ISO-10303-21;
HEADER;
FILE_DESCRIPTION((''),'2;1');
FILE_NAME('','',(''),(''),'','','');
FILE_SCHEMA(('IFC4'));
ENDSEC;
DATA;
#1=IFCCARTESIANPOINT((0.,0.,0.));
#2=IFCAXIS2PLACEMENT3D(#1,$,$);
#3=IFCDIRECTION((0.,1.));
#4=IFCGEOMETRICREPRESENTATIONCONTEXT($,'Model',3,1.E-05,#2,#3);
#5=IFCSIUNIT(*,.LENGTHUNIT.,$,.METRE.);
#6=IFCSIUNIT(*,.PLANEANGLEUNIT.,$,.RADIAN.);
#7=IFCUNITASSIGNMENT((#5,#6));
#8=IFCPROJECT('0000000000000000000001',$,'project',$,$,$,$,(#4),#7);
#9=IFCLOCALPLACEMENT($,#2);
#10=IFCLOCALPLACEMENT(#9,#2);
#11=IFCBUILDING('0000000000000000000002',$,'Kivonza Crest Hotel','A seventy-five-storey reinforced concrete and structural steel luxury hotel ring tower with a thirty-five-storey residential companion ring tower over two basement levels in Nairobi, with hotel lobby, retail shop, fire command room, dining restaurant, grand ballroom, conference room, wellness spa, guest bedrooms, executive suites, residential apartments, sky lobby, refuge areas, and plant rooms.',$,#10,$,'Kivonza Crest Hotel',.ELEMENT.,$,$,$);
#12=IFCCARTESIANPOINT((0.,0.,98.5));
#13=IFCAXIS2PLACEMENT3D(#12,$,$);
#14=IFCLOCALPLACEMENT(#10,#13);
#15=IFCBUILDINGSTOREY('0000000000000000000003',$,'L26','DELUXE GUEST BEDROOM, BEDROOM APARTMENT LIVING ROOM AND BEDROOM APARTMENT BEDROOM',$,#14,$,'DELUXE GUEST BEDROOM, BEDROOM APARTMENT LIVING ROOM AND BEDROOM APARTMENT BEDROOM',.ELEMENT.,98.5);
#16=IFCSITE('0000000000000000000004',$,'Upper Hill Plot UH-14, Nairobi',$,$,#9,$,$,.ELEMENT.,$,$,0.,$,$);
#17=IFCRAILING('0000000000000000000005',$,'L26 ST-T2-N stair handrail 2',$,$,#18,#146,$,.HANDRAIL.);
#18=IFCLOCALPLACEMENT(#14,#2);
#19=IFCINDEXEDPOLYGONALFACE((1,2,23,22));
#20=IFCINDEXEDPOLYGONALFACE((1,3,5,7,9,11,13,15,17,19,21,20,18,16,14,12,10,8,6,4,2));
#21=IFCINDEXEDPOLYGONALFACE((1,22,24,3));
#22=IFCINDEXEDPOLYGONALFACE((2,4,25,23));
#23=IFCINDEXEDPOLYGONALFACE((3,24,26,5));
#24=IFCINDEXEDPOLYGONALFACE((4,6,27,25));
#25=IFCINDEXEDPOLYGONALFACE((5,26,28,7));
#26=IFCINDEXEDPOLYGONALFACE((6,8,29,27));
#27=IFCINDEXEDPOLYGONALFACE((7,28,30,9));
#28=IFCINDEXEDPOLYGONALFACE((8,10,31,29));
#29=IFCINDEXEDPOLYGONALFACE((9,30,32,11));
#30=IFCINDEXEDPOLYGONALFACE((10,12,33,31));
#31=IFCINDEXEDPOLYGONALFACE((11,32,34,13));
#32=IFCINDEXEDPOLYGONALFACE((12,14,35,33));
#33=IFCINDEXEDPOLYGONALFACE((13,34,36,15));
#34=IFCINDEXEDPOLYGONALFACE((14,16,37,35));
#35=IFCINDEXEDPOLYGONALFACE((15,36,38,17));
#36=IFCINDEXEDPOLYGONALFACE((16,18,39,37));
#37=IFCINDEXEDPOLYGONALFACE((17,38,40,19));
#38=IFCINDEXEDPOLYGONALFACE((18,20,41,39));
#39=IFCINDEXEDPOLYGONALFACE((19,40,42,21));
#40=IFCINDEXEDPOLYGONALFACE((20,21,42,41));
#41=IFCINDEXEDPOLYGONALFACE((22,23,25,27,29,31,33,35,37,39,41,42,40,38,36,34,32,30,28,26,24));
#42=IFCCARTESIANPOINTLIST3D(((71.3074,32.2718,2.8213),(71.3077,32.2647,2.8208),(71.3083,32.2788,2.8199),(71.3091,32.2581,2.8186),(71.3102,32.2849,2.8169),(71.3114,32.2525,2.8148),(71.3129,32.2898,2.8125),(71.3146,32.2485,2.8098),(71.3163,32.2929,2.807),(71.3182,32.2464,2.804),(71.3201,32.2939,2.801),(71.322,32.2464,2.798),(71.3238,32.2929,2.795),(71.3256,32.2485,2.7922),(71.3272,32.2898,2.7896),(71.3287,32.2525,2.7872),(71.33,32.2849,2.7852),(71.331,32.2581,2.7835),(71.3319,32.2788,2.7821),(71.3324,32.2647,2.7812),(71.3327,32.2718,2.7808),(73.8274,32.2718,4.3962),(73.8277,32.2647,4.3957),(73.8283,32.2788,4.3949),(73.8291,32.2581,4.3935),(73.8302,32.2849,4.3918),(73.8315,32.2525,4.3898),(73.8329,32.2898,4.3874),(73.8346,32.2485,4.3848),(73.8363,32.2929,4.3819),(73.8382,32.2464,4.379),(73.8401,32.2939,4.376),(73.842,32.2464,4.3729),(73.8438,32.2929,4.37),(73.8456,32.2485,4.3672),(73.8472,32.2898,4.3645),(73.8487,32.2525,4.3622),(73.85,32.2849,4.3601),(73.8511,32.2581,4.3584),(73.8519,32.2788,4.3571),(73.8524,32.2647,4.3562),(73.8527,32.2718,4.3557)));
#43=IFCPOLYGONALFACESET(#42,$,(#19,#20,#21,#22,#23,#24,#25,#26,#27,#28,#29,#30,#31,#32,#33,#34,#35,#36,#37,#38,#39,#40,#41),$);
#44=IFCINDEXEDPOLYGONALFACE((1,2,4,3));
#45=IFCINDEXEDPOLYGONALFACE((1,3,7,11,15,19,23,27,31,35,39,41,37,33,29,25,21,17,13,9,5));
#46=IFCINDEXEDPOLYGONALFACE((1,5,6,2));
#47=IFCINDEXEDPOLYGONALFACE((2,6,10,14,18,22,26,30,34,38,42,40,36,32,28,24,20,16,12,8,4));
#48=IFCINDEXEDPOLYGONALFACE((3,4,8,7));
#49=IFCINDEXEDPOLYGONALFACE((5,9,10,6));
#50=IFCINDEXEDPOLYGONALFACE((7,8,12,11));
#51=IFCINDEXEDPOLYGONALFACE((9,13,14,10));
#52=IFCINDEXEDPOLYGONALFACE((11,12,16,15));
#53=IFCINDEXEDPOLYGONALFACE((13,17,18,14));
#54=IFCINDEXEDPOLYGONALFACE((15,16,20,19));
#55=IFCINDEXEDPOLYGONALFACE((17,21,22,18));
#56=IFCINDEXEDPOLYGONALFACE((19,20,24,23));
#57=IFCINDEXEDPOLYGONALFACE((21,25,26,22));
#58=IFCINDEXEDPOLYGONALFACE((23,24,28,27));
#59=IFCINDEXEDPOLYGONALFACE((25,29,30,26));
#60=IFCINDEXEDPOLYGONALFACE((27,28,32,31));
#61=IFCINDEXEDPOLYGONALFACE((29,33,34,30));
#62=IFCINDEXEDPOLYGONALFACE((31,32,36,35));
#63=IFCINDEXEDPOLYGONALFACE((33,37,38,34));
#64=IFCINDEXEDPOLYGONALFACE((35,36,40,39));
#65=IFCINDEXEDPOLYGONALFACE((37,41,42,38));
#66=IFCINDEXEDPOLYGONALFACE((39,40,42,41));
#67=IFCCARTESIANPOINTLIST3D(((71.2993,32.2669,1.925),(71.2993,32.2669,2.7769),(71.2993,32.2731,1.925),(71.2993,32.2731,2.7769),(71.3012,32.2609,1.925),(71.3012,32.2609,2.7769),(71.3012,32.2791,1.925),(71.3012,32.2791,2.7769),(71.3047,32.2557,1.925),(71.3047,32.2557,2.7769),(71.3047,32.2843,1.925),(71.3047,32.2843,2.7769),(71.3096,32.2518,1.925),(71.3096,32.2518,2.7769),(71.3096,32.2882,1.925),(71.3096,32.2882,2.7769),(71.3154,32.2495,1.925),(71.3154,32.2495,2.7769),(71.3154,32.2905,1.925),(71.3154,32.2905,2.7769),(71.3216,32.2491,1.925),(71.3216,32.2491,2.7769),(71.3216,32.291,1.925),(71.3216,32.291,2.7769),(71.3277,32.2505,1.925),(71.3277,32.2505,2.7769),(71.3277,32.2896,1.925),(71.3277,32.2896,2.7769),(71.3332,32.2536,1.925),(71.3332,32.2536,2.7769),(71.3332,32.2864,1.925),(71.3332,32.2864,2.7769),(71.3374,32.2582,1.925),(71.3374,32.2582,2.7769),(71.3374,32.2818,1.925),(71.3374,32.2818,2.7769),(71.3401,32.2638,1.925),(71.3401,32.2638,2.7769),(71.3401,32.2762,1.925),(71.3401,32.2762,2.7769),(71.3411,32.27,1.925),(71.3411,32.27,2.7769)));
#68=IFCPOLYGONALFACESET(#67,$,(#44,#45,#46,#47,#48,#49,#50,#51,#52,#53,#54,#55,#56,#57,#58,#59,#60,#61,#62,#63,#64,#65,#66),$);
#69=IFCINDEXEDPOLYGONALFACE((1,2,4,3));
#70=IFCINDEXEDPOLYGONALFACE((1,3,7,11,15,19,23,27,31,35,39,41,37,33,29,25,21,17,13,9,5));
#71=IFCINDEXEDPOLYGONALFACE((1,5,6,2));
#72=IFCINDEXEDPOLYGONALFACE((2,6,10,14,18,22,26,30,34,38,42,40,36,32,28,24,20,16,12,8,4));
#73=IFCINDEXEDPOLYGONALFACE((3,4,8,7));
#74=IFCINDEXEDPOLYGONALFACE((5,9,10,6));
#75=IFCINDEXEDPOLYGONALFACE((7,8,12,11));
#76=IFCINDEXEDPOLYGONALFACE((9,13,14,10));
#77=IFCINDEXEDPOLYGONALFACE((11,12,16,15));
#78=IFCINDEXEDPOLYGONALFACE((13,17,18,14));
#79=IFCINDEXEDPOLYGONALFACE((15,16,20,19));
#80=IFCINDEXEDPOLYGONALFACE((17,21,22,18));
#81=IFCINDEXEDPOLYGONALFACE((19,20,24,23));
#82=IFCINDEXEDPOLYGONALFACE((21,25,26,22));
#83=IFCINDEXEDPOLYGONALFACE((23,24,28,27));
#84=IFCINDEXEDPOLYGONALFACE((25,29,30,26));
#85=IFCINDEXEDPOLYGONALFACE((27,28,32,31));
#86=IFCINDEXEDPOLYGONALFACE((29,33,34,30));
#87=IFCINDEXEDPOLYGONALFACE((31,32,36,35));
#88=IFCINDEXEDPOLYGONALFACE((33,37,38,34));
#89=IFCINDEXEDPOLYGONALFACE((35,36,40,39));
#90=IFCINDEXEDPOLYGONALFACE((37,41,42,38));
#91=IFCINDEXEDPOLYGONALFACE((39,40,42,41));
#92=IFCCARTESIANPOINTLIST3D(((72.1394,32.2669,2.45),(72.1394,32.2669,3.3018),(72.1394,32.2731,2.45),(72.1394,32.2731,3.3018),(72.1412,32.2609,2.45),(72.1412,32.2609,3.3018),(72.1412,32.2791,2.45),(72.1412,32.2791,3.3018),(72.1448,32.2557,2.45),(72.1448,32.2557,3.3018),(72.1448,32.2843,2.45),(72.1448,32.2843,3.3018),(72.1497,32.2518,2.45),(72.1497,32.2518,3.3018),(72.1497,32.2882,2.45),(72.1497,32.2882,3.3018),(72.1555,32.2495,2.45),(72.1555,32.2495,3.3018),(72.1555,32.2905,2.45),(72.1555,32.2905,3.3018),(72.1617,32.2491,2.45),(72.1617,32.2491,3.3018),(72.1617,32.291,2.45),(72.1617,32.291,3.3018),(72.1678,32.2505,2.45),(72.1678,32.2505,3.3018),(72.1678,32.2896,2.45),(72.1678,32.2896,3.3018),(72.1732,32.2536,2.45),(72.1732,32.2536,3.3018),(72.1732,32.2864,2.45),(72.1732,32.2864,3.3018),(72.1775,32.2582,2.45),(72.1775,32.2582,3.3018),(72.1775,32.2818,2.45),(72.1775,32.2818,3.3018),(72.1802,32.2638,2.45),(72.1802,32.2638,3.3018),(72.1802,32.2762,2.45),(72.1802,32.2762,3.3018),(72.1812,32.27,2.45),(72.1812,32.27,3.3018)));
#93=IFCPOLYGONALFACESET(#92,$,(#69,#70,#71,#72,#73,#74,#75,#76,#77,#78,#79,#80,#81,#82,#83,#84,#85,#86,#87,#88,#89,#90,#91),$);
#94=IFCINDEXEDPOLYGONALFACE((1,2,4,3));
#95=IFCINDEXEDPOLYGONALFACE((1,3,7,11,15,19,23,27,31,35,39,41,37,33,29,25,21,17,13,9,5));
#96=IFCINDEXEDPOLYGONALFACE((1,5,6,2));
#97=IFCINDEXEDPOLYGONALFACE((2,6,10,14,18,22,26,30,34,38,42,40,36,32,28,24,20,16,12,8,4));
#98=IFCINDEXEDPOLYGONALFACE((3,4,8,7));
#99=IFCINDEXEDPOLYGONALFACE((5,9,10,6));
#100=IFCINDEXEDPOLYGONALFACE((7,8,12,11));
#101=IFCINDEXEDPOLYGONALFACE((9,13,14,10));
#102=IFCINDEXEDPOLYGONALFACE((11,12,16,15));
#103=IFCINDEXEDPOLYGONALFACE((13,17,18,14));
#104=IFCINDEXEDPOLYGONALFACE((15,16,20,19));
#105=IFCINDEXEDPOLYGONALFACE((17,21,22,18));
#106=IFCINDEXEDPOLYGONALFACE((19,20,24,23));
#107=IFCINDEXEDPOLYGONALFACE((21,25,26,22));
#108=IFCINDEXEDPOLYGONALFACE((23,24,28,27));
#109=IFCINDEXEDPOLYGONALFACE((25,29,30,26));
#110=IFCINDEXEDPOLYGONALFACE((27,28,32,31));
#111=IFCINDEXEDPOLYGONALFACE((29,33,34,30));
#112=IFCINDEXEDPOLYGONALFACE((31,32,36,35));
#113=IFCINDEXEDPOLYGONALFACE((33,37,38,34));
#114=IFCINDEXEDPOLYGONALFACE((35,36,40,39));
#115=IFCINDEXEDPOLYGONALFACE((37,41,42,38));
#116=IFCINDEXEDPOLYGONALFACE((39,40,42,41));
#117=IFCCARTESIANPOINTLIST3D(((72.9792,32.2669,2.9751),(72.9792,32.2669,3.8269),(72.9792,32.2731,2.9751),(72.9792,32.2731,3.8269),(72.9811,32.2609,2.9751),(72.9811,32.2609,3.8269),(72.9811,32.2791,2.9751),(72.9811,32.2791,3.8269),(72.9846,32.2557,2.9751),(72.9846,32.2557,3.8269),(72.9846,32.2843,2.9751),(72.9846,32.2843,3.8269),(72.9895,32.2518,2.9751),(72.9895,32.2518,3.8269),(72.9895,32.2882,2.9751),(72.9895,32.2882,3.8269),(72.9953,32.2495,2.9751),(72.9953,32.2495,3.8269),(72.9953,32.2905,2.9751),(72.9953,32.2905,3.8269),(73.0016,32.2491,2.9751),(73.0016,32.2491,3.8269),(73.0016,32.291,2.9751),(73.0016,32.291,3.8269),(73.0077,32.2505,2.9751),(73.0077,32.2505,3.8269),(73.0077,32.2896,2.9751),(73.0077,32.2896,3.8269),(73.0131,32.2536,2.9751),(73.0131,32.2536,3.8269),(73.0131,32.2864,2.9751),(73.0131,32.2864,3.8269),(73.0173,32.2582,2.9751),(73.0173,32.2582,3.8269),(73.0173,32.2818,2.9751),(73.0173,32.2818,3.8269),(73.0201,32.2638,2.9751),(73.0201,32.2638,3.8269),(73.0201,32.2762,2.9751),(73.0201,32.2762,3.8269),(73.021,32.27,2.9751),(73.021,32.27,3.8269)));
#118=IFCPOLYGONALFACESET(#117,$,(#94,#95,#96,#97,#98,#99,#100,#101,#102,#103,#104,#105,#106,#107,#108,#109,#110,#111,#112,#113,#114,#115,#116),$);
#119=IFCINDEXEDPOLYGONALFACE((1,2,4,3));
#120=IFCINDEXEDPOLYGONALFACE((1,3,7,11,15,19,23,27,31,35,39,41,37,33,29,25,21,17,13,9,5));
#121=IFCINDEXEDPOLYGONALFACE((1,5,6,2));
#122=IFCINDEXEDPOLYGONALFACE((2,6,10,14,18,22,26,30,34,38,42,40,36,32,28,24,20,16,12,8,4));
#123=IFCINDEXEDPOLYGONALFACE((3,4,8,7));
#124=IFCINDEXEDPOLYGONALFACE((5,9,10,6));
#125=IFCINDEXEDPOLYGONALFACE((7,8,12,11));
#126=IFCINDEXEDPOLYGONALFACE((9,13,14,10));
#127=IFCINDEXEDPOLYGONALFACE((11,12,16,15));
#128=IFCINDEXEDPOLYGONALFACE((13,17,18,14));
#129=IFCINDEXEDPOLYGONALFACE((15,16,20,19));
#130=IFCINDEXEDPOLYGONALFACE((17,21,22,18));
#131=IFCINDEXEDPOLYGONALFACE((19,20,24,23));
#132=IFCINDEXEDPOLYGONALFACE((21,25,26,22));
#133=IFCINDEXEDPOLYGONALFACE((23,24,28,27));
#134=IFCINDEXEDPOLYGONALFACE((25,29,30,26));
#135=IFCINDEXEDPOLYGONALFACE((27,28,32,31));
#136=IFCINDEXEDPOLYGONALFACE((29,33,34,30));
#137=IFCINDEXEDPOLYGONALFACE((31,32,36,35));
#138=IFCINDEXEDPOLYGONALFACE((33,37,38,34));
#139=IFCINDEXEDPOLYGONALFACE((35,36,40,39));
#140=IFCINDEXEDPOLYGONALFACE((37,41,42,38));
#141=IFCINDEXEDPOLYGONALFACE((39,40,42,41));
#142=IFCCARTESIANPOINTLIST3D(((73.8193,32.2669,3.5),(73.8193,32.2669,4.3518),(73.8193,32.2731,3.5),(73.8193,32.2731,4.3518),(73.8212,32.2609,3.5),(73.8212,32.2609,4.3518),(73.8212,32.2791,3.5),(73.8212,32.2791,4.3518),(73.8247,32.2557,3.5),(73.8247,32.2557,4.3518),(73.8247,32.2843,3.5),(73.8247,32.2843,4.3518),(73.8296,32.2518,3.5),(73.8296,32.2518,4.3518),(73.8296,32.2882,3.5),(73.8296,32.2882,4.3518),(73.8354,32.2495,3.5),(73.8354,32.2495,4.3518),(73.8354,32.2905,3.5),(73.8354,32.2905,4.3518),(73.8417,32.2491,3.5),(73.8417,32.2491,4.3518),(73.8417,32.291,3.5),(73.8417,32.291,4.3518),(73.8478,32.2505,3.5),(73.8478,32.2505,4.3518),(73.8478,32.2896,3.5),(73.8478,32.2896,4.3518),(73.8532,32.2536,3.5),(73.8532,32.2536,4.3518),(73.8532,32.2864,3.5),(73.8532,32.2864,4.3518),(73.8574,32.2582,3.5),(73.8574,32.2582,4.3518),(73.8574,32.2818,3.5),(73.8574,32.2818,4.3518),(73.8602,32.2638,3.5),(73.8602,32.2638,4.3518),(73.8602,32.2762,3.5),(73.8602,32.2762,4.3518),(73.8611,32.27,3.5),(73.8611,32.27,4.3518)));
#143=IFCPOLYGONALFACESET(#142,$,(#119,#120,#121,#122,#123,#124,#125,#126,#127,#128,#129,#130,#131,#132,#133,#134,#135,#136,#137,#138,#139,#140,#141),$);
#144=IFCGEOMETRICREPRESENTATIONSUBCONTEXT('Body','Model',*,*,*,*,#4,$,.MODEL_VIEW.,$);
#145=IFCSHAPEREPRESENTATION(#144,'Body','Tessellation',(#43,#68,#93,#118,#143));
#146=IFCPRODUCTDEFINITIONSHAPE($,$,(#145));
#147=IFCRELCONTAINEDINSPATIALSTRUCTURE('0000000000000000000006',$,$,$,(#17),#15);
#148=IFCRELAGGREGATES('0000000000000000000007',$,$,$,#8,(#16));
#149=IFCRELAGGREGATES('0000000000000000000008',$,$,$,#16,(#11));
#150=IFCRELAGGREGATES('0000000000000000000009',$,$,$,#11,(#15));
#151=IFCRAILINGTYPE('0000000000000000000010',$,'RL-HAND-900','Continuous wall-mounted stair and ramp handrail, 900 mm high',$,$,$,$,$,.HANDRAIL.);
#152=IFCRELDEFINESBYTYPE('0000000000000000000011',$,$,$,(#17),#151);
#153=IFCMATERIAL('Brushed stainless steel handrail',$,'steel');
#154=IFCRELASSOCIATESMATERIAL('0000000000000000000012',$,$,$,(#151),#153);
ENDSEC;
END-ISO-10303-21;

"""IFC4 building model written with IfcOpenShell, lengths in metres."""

from ifc_helpers import new_model, si_unit, direction, frame, origin, origin_2d, place, context, subcontext, project, spatial, circle, extrude, material, type_object, element, save


model = new_model("IFC4")

# Units and contexts
model_context = context("Model", 3, precision=1e-05, world=origin(), true_north=direction((0.0, 1.0)))
body_context = subcontext(model_context, "Body", "Model", "MODEL_VIEW")
ifc_project = project(units=[si_unit("LENGTHUNIT", "METRE"), si_unit("PLANEANGLEUNIT", "RADIAN")], contexts=[model_context])

# Site, building, storey
site_placement = place(None, origin())
site = spatial("IfcSite", under=ifc_project, at=site_placement, Name="Upper Hill Plot UH-14, Nairobi", CompositionType="ELEMENT", RefElevation=0.0)
building_placement = place(site_placement, origin())
building = spatial("IfcBuilding", under=site, at=building_placement, Name="Kivonza Crest Hotel", Description="A seventy-five-storey reinforced concrete and structural steel luxury hotel ring tower with a thirty-five-storey residential companion ring tower over two basement levels in Nairobi, with hotel lobby, retail shop, fire command room, dining restaurant, grand ballroom, conference room, wellness spa, guest bedrooms, executive suites, residential apartments, sky lobby, refuge areas, and plant rooms.", LongName="Kivonza Crest Hotel", CompositionType="ELEMENT")
storey_placement = place(building_placement, frame((0.0, 0.0, 98.5)))
storey = spatial("IfcBuildingStorey", under=building, at=storey_placement, Name="L26", Description="DELUXE GUEST BEDROOM, BEDROOM APARTMENT LIVING ROOM AND BEDROOM APARTMENT BEDROOM", LongName="DELUXE GUEST BEDROOM, BEDROOM APARTMENT LIVING ROOM AND BEDROOM APARTMENT BEDROOM", CompositionType="ELEMENT", Elevation=98.5)

# Railing
ifc_material_1 = material(Name="Brushed stainless steel handrail", Category="steel")
railing_type_1 = type_object("IfcRailingType", Name="RL-HAND-900", Description="Continuous wall-mounted stair and ramp handrail, 900 mm high", PredefinedType="HANDRAIL", material=ifc_material_1)
railing_1_placement = place(storey_placement, frame((71.3201, 32.27, 1.925)))
element("IfcRailing", 1, at=railing_1_placement, inside=storey, type_object=railing_type_1, Name="L26 ST-T2-N stair handrail 2", PredefinedType="HANDRAIL", context=body_context, shape_type="SweptSolid", body=[
    extrude(circle(Radius=0.0239, at=origin_2d()), frame((0.0, 0.0, 0.876), z_axis=(0.848008, 0.0, 0.529984), x_axis=(0.0, 1.0, 0.0)), (0.0, 0.0, 1.0), 2.9717),
    extrude(circle(Radius=0.021, at=origin_2d()), origin(), (0.0, 0.0, 1.0), 0.8518),
    extrude(circle(Radius=0.021, at=origin_2d()), frame((0.8401, 0.0, 0.5249)), (0.0, 0.0, 1.0), 0.8518),
    extrude(circle(Radius=0.021, at=origin_2d()), frame((1.6799, 0.0, 1.05)), (0.0, 0.0, 1.0), 0.8518),
    extrude(circle(Radius=0.021, at=origin_2d()), frame((2.52, 0.0, 1.575)), (0.0, 0.0, 1.0), 0.8518),
])

save(model, "model.ifc")
